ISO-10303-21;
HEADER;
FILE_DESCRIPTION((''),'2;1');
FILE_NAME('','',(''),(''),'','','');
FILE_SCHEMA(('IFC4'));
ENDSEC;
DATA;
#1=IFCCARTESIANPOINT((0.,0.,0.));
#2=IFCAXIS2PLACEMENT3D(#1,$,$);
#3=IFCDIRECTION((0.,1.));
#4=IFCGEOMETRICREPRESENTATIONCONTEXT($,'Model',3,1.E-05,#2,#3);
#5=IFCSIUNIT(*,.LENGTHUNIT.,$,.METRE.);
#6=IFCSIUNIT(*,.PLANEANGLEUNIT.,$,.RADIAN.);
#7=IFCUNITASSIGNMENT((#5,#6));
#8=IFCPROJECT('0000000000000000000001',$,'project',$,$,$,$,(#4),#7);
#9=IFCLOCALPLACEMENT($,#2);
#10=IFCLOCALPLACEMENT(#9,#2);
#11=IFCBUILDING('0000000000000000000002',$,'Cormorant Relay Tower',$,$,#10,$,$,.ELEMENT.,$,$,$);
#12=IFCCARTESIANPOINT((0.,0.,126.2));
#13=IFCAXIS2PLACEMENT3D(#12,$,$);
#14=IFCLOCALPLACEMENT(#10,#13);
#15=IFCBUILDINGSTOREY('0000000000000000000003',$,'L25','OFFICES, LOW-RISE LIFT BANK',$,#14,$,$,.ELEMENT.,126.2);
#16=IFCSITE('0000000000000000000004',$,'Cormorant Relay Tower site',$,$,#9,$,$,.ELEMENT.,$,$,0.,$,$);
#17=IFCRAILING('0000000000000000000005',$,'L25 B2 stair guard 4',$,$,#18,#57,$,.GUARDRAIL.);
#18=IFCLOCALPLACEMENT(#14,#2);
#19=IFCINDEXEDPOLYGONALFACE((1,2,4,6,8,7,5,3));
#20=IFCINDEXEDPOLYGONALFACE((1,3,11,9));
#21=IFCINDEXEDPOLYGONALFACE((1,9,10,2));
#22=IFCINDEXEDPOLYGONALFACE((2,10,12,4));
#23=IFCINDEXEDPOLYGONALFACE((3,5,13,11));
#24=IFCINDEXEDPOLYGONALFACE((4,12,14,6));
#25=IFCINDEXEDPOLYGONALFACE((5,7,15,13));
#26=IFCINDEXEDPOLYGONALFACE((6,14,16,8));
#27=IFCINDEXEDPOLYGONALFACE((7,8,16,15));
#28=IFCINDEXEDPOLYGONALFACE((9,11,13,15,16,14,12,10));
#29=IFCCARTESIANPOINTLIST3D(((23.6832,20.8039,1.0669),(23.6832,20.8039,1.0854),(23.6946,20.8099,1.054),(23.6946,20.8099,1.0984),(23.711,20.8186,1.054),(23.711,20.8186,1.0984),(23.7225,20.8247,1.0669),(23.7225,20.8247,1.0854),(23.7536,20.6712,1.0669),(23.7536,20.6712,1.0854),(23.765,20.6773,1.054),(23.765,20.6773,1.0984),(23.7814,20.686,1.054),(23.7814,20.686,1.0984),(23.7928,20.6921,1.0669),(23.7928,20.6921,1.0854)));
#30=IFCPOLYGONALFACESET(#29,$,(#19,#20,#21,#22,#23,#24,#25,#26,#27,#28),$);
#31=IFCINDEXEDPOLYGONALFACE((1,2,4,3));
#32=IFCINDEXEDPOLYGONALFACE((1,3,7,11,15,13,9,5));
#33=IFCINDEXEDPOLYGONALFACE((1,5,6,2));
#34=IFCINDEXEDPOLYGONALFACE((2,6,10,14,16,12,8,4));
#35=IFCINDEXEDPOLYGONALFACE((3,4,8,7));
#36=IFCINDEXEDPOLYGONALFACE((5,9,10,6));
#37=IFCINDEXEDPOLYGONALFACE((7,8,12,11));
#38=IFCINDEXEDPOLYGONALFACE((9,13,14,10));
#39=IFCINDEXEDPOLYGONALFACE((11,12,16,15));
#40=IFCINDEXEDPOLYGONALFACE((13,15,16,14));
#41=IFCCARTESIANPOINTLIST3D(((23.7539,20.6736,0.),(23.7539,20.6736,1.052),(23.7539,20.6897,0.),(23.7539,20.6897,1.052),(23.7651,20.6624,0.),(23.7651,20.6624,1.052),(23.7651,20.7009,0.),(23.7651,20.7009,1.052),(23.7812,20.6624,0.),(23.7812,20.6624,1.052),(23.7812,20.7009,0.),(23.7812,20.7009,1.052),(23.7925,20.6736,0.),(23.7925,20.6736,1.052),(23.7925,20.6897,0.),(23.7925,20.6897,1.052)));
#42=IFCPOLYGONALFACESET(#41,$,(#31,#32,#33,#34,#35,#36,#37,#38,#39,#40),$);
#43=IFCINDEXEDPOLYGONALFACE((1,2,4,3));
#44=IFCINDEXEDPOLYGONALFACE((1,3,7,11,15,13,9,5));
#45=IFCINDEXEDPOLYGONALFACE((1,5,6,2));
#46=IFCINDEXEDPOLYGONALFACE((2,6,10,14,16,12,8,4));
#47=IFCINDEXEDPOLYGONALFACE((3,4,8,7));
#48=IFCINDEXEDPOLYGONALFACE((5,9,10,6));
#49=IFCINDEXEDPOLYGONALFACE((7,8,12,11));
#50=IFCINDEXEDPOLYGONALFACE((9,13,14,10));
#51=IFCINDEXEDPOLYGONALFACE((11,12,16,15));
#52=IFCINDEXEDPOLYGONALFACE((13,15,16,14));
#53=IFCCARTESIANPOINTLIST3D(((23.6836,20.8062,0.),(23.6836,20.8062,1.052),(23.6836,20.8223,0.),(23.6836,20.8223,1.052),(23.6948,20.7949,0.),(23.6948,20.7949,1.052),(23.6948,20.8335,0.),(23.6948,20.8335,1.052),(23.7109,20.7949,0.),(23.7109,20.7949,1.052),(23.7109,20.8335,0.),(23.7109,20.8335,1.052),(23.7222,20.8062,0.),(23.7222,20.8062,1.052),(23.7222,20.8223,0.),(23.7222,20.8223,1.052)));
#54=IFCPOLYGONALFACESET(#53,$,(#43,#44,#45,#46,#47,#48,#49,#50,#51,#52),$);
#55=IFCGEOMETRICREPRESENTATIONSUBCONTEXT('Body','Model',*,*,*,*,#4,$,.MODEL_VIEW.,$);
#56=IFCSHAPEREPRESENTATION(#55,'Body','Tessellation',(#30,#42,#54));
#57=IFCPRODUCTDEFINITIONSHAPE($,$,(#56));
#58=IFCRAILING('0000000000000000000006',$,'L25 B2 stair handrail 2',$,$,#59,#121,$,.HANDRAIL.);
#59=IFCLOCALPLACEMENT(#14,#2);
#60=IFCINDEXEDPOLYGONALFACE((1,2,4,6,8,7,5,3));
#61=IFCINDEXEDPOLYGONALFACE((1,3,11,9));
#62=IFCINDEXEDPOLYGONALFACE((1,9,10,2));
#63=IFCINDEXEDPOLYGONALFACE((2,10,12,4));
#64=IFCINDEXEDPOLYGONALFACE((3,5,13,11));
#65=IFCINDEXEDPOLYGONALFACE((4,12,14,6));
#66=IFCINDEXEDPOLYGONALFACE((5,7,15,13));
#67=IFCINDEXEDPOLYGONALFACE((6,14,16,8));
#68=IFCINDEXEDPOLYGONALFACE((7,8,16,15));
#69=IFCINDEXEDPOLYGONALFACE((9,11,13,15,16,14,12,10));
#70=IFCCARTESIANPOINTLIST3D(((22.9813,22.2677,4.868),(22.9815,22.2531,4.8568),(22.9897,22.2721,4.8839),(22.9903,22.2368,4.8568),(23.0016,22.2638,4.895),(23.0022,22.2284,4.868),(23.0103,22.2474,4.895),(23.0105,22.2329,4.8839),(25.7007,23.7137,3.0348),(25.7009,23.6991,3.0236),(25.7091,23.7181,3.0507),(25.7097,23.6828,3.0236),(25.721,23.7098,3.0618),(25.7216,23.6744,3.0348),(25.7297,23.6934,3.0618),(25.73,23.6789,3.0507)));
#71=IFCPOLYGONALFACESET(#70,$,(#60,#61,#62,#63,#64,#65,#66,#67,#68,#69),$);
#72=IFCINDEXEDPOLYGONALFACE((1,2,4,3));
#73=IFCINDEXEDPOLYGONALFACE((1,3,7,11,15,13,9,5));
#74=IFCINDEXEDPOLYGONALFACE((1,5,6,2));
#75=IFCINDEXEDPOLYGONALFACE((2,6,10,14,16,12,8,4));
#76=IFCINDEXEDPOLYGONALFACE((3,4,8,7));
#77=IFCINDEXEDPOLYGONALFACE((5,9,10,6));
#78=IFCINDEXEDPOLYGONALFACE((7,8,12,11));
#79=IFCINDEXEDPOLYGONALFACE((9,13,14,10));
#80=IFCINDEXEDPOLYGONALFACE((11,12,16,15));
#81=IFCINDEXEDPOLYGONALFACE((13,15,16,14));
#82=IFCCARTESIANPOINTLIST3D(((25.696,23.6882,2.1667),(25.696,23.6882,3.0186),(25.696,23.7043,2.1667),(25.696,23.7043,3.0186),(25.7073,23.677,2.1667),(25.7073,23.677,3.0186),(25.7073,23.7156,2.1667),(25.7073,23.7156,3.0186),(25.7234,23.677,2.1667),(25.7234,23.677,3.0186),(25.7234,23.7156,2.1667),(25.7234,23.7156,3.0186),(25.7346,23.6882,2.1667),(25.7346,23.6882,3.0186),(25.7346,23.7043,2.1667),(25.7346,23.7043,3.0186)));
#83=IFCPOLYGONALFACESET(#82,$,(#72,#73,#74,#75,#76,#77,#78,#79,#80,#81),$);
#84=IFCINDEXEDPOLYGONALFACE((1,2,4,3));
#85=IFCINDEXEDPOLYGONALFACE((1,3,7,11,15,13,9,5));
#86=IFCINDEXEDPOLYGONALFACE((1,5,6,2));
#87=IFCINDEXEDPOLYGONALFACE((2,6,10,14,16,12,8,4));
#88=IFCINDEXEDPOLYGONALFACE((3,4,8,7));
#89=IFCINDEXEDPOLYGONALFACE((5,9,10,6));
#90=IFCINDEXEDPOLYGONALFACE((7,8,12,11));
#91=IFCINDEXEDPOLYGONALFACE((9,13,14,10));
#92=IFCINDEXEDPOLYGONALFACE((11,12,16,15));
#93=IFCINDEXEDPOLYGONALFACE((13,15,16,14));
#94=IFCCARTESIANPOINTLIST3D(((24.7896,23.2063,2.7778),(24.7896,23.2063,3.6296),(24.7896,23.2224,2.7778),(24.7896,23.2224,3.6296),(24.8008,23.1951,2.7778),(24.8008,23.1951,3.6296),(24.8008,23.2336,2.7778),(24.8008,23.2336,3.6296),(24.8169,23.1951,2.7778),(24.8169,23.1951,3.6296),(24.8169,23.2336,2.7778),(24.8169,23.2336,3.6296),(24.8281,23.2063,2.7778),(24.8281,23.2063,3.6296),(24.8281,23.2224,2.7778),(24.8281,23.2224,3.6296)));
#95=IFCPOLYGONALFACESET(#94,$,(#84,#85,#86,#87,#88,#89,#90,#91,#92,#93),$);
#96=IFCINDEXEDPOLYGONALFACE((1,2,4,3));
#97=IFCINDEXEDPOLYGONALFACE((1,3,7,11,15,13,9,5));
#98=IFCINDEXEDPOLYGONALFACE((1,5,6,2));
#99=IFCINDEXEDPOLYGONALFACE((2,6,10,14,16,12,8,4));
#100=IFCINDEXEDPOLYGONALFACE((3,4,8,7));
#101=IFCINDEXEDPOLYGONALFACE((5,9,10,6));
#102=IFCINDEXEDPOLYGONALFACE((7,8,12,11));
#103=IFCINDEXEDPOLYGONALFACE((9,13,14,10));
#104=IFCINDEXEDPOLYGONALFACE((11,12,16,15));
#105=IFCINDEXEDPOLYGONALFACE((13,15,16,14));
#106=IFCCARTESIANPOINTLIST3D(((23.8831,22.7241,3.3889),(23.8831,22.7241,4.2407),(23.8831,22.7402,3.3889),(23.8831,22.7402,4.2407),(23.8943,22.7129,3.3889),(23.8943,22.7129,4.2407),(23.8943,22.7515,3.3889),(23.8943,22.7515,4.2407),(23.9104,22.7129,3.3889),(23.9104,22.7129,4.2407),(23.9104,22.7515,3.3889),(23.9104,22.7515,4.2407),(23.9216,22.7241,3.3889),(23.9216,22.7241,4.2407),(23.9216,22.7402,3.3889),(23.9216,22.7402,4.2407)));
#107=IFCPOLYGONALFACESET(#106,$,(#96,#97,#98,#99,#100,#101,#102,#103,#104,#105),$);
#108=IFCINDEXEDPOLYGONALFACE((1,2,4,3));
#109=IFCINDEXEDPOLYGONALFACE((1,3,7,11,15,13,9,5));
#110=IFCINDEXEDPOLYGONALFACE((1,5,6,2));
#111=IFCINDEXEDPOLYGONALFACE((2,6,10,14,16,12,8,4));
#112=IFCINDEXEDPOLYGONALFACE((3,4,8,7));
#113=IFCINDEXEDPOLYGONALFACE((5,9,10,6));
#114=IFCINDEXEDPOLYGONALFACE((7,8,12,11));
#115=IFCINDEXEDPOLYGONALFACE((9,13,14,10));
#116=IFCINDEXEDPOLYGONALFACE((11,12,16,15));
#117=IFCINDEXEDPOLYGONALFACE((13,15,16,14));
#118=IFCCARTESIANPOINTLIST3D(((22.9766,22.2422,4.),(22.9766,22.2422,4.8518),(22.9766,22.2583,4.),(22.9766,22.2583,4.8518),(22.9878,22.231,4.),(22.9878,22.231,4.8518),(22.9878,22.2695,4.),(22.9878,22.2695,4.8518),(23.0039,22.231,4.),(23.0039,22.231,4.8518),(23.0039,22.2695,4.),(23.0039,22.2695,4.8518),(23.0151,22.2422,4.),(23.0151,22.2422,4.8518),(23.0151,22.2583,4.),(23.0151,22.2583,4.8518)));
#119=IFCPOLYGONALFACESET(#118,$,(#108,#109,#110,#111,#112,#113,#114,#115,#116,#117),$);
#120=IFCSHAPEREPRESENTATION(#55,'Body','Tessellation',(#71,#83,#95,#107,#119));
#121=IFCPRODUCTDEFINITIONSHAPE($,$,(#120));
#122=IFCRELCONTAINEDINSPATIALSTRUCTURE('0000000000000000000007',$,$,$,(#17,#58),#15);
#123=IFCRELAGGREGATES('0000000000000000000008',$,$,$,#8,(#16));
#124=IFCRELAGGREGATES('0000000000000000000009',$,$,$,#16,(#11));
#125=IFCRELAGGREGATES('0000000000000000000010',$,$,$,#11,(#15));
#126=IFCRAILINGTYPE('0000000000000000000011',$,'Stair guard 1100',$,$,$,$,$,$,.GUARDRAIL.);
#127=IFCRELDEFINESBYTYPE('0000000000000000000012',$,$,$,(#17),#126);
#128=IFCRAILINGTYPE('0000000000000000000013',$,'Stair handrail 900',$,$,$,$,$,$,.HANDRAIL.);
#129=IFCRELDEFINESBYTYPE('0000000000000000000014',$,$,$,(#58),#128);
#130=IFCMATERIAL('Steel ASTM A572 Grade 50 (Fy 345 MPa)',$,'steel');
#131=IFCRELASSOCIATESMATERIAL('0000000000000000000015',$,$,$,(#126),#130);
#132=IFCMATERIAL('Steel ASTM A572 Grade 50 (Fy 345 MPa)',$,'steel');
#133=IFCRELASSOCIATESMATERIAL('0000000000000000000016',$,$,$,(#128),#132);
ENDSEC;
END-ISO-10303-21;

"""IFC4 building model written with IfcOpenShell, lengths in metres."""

from ifc_helpers import new_model, si_unit, direction, frame, origin, place, context, subcontext, project, spatial, polyline, outline, extrude, material, type_object, element, save


model = new_model("IFC4")

# Units and contexts
model_context = context("Model", 3, precision=1e-05, world=origin(), true_north=direction((0.0, 1.0)))
body_context = subcontext(model_context, "Body", "Model", "MODEL_VIEW")
ifc_project = project(units=[si_unit("LENGTHUNIT", "METRE"), si_unit("PLANEANGLEUNIT", "RADIAN")], contexts=[model_context])

# Site, building, storey
site_placement = place(None, origin())
site = spatial("IfcSite", under=ifc_project, at=site_placement, Name="Cormorant Relay Tower site", CompositionType="ELEMENT", RefElevation=0.0)
building_placement = place(site_placement, origin())
building = spatial("IfcBuilding", under=site, at=building_placement, Name="Cormorant Relay Tower", CompositionType="ELEMENT")
storey_placement = place(building_placement, frame((0.0, 0.0, 126.2)))
storey = spatial("IfcBuildingStorey", under=building, at=storey_placement, Name="L25", Description="OFFICES, LOW-RISE LIFT BANK", CompositionType="ELEMENT", Elevation=126.2)

# Railings
ifc_material_1 = material(Name="Steel ASTM A572 Grade 50 (Fy 345 MPa)", Category="steel")
railing_type_1 = type_object("IfcRailingType", Name="Stair guard 1100", PredefinedType="GUARDRAIL", material=ifc_material_1)
railing_1_placement = place(storey_placement, frame((23.7732, 20.6816, 0.0)))
element("IfcRailing", 1, at=railing_1_placement, inside=storey, type_object=railing_type_1, Name="L25 B2 stair guard 4", PredefinedType="GUARDRAIL", context=body_context, shape_type="SweptSolid", body=[
    extrude(outline(polyline([(0.0222, 0.0093), (0.0093, 0.0222), (-0.0093, 0.0222), (-0.0222, 0.0093), (-0.0222, -0.0093), (-0.0093, -0.0222), (0.0093, -0.0222), (0.0222, -0.0093), (0.0222, 0.0093)])), frame((0.0, 0.0, 1.0762), z_axis=(-0.46856, 0.883431, 0.0), x_axis=(-0.883431, -0.46856, 0.0)), (0.0, 0.0, 1.0), 0.1501),
    extrude(outline(polyline([(0.0193, 0.0081), (0.0081, 0.0193), (-0.0081, 0.0193), (-0.0193, 0.0081), (-0.0193, -0.0081), (-0.0081, -0.0193), (0.0081, -0.0193), (0.0193, -0.0081), (0.0193, 0.0081)])), origin(), (0.0, 0.0, 1.0), 1.052),
    extrude(outline(polyline([(0.0193, 0.0081), (0.0081, 0.0193), (-0.0081, 0.0193), (-0.0193, 0.0081), (-0.0193, -0.0081), (-0.0081, -0.0193), (0.0081, -0.0193), (0.0193, -0.0081), (0.0193, 0.0081)])), frame((-0.0703, 0.1326, 0.0)), (0.0, 0.0, 1.0), 1.052),
])
ifc_material_2 = material(Name="Steel ASTM A572 Grade 50 (Fy 345 MPa)", Category="steel")
railing_type_2 = type_object("IfcRailingType", Name="Stair handrail 900", PredefinedType="HANDRAIL", material=ifc_material_2)
railing_2_placement = place(storey_placement, frame((25.7153, 23.6963, 2.1667)))
element("IfcRailing", 2, at=railing_2_placement, inside=storey, type_object=railing_type_2, Name="L25 B2 stair handrail 2", PredefinedType="HANDRAIL", context=body_context, shape_type="SweptSolid", body=[
    extrude(outline(polyline([(0.0222, 0.0093), (0.0093, 0.0222), (-0.0093, 0.0222), (-0.0222, 0.0093), (-0.0222, -0.0093), (-0.0093, -0.0222), (0.0093, -0.0222), (0.0222, -0.0093), (0.0222, 0.0093)])), frame((0.0, 0.0, 0.876), z_axis=(-0.758714, -0.403435, 0.511463), x_axis=(0.469489, -0.882938, 0.0)), (0.0, 0.0, 1.0), 3.5842),
    extrude(outline(polyline([(0.0193, 0.0081), (0.0081, 0.0193), (-0.0081, 0.0193), (-0.0193, 0.0081), (-0.0193, -0.0081), (-0.0081, -0.0193), (0.0081, -0.0193), (0.0193, -0.0081), (0.0193, 0.0081)])), origin(), (0.0, 0.0, 1.0), 0.8518),
    extrude(outline(polyline([(0.0193, 0.0081), (0.0081, 0.0193), (-0.0081, 0.0193), (-0.0193, 0.0081), (-0.0193, -0.0081), (-0.0081, -0.0193), (0.0081, -0.0193), (0.0193, -0.0081), (0.0193, 0.0081)])), frame((-0.9065, -0.4819, 0.6111)), (0.0, 0.0, 1.0), 0.8518),
    extrude(outline(polyline([(0.0193, 0.0081), (0.0081, 0.0193), (-0.0081, 0.0193), (-0.0193, 0.0081), (-0.0193, -0.0081), (-0.0081, -0.0193), (0.0081, -0.0193), (0.0193, -0.0081), (0.0193, 0.0081)])), frame((-1.813, -0.9641, 1.2222)), (0.0, 0.0, 1.0), 0.8518),
    extrude(outline(polyline([(0.0193, 0.0081), (0.0081, 0.0193), (-0.0081, 0.0193), (-0.0193, 0.0081), (-0.0193, -0.0081), (-0.0081, -0.0193), (0.0081, -0.0193), (0.0193, -0.0081), (0.0193, 0.0081)])), frame((-2.7195, -1.446, 1.8333)), (0.0, 0.0, 1.0), 0.8518),
])

save(model, "model.ifc")
